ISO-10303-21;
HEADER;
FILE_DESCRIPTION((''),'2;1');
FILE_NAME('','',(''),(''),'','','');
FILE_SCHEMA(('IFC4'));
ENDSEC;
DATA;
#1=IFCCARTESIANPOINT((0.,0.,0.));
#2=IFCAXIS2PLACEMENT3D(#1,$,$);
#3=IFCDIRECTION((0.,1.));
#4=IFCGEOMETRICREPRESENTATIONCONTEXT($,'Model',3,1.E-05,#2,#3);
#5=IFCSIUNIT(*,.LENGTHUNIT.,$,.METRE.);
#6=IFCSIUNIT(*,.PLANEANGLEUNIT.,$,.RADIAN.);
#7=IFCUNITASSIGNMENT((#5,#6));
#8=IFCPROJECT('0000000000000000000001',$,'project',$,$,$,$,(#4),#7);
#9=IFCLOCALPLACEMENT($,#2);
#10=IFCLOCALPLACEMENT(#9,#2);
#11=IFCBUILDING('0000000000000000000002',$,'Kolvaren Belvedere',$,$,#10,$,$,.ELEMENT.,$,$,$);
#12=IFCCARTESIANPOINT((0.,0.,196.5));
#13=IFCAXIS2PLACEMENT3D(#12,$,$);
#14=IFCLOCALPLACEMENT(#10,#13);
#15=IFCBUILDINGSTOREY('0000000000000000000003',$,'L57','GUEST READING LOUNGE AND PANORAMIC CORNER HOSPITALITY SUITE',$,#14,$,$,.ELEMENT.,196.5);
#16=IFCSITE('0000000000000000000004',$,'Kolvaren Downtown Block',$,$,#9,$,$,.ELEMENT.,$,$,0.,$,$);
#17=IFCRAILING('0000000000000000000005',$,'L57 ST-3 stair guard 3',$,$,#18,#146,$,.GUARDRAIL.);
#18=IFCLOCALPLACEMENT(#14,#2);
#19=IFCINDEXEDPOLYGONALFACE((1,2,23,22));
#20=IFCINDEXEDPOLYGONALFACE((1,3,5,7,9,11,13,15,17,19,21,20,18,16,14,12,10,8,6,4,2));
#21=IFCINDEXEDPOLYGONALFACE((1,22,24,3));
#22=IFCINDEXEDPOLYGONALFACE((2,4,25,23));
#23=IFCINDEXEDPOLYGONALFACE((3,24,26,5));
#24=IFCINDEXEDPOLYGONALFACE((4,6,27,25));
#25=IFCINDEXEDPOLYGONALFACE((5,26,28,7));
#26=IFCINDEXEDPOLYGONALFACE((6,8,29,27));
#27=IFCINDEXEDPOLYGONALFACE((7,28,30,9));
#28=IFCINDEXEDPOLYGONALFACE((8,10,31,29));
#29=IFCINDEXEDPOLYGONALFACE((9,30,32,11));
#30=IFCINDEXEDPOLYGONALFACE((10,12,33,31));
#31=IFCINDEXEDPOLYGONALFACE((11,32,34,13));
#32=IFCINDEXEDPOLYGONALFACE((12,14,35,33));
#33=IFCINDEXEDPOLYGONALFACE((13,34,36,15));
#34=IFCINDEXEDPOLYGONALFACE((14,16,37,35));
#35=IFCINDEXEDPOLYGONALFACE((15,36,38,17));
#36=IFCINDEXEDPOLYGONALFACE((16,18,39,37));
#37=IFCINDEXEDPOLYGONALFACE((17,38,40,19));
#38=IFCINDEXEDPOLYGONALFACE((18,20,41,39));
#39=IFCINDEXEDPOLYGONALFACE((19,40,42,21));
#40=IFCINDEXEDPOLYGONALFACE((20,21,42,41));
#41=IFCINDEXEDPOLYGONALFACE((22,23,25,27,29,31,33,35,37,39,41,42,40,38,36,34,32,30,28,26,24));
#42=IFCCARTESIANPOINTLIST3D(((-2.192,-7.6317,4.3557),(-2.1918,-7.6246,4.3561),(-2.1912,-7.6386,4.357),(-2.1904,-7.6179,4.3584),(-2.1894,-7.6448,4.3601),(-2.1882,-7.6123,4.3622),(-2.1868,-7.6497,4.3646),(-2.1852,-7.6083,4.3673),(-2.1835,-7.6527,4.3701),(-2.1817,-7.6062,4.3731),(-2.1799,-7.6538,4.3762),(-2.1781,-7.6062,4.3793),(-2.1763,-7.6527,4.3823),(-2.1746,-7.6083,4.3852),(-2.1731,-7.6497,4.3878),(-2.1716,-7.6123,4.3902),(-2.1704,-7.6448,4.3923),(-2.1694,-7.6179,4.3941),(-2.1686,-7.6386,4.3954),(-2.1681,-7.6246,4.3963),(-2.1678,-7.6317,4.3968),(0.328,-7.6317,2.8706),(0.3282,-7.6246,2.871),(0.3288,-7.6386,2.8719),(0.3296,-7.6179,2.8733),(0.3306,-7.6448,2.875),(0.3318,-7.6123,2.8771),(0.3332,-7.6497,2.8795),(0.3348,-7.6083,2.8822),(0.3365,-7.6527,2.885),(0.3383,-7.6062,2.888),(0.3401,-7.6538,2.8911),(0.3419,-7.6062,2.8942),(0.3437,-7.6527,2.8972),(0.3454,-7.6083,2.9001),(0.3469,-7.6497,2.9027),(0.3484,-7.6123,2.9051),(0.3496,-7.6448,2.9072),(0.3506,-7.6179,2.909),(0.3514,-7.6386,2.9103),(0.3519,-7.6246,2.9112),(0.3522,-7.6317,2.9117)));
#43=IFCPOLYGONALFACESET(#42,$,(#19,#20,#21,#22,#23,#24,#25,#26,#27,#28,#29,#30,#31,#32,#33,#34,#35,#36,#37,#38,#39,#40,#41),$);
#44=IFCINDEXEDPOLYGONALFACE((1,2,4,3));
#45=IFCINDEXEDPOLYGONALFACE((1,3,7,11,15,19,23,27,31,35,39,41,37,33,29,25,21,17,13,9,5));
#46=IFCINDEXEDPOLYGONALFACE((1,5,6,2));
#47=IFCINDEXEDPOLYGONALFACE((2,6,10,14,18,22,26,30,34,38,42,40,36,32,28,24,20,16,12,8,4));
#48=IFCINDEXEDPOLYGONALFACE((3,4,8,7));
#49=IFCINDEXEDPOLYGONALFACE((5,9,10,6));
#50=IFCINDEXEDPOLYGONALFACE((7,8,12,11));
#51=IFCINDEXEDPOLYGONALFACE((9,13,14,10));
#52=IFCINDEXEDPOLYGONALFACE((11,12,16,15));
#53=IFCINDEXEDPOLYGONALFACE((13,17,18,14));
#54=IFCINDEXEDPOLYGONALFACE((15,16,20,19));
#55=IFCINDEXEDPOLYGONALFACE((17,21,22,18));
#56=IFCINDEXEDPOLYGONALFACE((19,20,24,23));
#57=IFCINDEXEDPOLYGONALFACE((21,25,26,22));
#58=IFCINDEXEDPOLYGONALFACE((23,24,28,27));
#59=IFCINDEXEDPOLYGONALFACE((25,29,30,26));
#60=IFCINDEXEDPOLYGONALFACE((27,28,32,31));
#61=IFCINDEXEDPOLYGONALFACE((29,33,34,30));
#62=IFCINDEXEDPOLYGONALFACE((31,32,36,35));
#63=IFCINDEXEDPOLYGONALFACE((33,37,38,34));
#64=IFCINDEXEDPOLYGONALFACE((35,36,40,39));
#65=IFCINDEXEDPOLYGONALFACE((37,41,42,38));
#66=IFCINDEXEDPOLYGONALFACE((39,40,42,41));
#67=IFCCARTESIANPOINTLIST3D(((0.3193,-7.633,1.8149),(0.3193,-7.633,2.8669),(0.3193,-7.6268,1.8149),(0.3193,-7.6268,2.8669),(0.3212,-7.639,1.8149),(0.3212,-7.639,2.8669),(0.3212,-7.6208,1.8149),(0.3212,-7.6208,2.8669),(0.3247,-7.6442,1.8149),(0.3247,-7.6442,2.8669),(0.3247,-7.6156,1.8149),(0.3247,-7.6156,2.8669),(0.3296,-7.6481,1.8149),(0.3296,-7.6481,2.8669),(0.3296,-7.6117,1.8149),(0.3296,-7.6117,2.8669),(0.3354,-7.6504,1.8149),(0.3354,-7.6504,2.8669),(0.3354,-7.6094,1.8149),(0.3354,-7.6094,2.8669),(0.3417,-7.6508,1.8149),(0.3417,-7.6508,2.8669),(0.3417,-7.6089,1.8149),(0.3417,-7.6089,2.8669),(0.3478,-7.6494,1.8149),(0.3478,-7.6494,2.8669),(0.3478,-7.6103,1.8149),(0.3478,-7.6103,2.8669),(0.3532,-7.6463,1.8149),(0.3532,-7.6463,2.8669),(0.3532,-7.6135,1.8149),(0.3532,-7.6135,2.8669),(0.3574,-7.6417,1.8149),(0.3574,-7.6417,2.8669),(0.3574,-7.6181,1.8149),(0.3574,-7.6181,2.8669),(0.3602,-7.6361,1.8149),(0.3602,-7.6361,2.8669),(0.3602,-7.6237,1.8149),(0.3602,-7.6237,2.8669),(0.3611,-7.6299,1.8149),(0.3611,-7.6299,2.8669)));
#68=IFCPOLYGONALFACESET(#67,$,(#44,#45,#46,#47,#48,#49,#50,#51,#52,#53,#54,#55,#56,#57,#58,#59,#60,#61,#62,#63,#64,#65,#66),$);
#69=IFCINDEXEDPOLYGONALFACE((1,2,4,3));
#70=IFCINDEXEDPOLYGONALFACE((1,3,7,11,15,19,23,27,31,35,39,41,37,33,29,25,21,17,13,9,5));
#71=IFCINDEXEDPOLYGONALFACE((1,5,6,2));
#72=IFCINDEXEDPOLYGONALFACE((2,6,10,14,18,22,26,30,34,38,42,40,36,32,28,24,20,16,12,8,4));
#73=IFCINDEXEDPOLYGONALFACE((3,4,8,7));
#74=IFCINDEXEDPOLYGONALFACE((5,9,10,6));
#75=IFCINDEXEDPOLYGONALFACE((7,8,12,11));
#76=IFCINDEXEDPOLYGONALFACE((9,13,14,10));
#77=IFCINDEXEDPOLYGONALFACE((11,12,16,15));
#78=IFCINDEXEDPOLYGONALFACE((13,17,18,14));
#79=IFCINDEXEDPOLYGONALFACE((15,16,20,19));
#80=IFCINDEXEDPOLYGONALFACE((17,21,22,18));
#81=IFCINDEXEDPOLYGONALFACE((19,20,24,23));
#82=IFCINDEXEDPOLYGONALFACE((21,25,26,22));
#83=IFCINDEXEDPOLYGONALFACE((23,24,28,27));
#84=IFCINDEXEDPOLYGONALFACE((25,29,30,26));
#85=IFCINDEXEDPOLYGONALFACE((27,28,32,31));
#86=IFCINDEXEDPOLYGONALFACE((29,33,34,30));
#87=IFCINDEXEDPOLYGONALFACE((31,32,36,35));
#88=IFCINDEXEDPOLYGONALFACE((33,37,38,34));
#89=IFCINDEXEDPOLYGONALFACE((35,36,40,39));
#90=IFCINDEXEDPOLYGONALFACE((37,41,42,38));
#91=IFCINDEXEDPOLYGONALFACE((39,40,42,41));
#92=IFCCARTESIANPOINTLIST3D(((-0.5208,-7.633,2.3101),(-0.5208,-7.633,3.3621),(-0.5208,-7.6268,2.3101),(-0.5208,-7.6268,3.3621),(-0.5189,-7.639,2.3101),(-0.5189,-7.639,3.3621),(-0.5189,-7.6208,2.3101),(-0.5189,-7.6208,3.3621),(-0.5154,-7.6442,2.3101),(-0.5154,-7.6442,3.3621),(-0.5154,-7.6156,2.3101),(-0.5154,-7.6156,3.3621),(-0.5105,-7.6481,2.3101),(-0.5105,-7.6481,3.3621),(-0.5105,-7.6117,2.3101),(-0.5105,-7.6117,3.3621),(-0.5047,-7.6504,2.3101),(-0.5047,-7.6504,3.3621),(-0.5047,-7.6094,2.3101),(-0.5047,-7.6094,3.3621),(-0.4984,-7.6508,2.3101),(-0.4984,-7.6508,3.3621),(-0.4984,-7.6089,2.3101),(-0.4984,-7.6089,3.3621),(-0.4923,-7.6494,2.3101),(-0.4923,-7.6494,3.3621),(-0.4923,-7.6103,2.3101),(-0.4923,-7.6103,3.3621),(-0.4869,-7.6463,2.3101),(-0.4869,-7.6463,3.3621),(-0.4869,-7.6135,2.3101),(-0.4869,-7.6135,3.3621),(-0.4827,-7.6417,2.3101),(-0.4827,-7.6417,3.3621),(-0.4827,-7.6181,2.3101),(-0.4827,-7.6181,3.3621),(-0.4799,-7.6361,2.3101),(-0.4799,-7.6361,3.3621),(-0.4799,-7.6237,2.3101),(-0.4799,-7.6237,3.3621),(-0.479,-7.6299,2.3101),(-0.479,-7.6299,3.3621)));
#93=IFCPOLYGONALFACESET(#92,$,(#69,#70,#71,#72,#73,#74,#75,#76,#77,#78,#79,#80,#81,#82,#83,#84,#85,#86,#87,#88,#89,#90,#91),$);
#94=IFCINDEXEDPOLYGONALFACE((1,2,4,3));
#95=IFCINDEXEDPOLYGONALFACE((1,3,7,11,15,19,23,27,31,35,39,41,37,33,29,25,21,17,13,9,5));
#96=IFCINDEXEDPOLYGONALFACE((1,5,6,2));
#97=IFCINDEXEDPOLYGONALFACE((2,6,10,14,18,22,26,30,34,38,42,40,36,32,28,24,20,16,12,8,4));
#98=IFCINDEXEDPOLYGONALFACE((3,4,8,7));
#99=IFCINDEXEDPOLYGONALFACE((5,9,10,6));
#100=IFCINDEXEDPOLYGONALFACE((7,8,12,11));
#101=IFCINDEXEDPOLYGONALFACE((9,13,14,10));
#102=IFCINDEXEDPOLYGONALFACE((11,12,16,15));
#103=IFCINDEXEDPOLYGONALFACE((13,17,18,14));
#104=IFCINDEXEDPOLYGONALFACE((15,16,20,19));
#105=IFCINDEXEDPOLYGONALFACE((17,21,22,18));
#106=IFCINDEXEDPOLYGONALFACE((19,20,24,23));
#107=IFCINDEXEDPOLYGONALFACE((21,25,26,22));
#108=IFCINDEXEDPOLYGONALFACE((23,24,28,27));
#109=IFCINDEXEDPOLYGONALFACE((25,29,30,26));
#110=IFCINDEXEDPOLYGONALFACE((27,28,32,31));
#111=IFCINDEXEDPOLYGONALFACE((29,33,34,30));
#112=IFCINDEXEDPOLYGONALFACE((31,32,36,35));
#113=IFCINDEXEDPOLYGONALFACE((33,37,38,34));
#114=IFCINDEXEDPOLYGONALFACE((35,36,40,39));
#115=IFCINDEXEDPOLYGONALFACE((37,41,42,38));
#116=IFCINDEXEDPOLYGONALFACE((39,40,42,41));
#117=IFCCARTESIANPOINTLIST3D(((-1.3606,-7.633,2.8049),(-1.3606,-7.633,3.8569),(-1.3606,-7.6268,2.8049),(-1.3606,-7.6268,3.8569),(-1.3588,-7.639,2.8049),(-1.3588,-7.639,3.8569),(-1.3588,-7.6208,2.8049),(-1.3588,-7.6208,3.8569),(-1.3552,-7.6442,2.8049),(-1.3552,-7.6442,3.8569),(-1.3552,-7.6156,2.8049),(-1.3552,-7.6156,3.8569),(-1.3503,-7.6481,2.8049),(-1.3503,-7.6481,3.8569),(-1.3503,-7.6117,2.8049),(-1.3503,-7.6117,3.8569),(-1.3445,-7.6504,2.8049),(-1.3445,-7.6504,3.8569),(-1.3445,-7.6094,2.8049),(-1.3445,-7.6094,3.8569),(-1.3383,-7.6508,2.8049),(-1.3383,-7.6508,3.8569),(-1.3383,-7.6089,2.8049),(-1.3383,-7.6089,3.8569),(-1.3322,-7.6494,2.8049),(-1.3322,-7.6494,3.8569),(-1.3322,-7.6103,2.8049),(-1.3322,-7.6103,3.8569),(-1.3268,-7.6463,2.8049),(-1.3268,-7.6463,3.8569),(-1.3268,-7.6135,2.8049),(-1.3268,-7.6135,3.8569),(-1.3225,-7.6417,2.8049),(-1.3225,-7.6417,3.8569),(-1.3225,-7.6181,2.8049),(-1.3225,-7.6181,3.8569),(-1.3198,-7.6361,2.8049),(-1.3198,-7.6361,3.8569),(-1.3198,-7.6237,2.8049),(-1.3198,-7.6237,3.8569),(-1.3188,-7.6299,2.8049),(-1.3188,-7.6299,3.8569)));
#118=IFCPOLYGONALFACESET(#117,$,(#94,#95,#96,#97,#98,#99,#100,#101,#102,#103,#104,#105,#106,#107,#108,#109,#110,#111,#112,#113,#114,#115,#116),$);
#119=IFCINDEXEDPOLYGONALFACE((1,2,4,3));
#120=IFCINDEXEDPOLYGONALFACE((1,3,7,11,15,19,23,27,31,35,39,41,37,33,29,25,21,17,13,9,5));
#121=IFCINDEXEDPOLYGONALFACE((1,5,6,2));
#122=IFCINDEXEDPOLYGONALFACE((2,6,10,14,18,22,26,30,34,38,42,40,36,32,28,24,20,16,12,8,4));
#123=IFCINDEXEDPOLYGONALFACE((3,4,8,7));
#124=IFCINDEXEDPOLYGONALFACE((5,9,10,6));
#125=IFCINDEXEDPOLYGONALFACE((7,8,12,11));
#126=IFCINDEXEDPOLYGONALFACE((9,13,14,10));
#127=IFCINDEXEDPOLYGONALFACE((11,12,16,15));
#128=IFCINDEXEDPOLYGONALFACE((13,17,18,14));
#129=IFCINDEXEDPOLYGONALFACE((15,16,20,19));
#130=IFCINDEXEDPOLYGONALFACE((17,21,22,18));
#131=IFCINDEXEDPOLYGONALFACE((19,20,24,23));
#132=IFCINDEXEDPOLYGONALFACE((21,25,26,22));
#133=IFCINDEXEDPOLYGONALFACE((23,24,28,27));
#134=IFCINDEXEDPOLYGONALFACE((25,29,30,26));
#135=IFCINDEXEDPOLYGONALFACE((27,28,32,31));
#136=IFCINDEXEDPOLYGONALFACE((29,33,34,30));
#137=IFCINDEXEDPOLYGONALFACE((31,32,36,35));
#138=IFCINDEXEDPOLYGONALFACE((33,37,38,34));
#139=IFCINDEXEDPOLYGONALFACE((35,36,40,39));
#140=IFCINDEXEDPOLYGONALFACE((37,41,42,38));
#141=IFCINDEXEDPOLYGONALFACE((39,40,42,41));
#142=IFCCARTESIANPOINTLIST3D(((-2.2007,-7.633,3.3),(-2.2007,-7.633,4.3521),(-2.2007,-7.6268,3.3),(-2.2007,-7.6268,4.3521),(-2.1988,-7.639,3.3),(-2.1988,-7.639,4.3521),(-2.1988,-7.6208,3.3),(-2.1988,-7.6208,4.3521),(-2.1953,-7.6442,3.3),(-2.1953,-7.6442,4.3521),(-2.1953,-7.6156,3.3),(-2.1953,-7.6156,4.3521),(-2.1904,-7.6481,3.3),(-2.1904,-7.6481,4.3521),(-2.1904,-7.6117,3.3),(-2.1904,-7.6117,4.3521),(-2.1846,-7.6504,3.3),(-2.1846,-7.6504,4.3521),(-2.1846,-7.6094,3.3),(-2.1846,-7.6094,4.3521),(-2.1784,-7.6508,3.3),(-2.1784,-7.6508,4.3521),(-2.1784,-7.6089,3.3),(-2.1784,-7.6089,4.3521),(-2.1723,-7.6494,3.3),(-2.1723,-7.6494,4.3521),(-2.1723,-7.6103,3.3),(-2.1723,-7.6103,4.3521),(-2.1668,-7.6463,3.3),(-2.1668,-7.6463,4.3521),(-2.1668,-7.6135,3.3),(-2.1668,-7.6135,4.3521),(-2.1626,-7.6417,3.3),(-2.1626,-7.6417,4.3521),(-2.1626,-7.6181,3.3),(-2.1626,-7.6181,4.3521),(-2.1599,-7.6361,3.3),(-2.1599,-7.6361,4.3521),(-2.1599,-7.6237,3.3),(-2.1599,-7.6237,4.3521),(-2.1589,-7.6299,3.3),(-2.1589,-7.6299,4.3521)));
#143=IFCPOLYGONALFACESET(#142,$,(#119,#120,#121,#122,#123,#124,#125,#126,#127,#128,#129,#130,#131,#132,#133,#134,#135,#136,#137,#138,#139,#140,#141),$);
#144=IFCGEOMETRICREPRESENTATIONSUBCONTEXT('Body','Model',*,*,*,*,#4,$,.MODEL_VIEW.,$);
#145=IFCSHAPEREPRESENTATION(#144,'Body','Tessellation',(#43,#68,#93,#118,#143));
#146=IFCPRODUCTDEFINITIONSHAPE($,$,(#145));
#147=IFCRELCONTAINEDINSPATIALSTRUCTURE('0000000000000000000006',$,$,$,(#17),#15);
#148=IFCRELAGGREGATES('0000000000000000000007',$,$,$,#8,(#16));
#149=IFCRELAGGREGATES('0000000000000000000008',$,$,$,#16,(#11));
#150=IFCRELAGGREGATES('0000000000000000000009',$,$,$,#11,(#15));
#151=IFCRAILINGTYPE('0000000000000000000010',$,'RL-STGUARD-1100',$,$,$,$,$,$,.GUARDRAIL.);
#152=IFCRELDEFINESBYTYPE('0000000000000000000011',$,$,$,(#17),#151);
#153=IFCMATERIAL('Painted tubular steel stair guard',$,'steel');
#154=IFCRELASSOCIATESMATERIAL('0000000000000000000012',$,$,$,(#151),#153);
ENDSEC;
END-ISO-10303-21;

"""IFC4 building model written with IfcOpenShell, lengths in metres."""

from ifc_helpers import new_model, si_unit, direction, frame, origin, origin_2d, place, context, subcontext, project, spatial, circle, extrude, material, type_object, element, save


model = new_model("IFC4")

# Units and contexts
model_context = context("Model", 3, precision=1e-05, world=origin(), true_north=direction((0.0, 1.0)))
body_context = subcontext(model_context, "Body", "Model", "MODEL_VIEW")
ifc_project = project(units=[si_unit("LENGTHUNIT", "METRE"), si_unit("PLANEANGLEUNIT", "RADIAN")], contexts=[model_context])

# Site, building, storey
site_placement = place(None, origin())
site = spatial("IfcSite", under=ifc_project, at=site_placement, Name="Kolvaren Downtown Block", CompositionType="ELEMENT", RefElevation=0.0)
building_placement = place(site_placement, origin())
building = spatial("IfcBuilding", under=site, at=building_placement, Name="Kolvaren Belvedere", CompositionType="ELEMENT")
storey_placement = place(building_placement, frame((0.0, 0.0, 196.5)))
storey = spatial("IfcBuildingStorey", under=building, at=storey_placement, Name="L57", Description="GUEST READING LOUNGE AND PANORAMIC CORNER HOSPITALITY SUITE", CompositionType="ELEMENT", Elevation=196.5)

# Railing
ifc_material_1 = material(Name="Painted tubular steel stair guard", Category="steel")
railing_type_1 = type_object("IfcRailingType", Name="RL-STGUARD-1100", PredefinedType="GUARDRAIL", material=ifc_material_1)
railing_1_placement = place(storey_placement, frame((0.3401, -7.6299, 1.8149)))
element("IfcRailing", 1, at=railing_1_placement, inside=storey, type_object=railing_type_1, Name="L57 ST-3 stair guard 3", PredefinedType="GUARDRAIL", context=body_context, shape_type="SweptSolid", body=[
    extrude(circle(Radius=0.0239, at=origin_2d()), frame((0.0, 0.0, 1.0762), z_axis=(-0.861524, 0.0, 0.507717), x_axis=(0.0, -1.0, 0.0)), (0.0, 0.0, 1.0), 2.925),
    extrude(circle(Radius=0.021, at=origin_2d()), origin(), (0.0, 0.0, 1.0), 1.052),
    extrude(circle(Radius=0.021, at=origin_2d()), frame((-0.8401, 0.0, 0.4951)), (0.0, 0.0, 1.0), 1.052),
    extrude(circle(Radius=0.021, at=origin_2d()), frame((-1.6799, 0.0, 0.99)), (0.0, 0.0, 1.0), 1.052),
    extrude(circle(Radius=0.021, at=origin_2d()), frame((-2.52, 0.0, 1.4851)), (0.0, 0.0, 1.0), 1.052),
])

save(model, "model.ifc")
